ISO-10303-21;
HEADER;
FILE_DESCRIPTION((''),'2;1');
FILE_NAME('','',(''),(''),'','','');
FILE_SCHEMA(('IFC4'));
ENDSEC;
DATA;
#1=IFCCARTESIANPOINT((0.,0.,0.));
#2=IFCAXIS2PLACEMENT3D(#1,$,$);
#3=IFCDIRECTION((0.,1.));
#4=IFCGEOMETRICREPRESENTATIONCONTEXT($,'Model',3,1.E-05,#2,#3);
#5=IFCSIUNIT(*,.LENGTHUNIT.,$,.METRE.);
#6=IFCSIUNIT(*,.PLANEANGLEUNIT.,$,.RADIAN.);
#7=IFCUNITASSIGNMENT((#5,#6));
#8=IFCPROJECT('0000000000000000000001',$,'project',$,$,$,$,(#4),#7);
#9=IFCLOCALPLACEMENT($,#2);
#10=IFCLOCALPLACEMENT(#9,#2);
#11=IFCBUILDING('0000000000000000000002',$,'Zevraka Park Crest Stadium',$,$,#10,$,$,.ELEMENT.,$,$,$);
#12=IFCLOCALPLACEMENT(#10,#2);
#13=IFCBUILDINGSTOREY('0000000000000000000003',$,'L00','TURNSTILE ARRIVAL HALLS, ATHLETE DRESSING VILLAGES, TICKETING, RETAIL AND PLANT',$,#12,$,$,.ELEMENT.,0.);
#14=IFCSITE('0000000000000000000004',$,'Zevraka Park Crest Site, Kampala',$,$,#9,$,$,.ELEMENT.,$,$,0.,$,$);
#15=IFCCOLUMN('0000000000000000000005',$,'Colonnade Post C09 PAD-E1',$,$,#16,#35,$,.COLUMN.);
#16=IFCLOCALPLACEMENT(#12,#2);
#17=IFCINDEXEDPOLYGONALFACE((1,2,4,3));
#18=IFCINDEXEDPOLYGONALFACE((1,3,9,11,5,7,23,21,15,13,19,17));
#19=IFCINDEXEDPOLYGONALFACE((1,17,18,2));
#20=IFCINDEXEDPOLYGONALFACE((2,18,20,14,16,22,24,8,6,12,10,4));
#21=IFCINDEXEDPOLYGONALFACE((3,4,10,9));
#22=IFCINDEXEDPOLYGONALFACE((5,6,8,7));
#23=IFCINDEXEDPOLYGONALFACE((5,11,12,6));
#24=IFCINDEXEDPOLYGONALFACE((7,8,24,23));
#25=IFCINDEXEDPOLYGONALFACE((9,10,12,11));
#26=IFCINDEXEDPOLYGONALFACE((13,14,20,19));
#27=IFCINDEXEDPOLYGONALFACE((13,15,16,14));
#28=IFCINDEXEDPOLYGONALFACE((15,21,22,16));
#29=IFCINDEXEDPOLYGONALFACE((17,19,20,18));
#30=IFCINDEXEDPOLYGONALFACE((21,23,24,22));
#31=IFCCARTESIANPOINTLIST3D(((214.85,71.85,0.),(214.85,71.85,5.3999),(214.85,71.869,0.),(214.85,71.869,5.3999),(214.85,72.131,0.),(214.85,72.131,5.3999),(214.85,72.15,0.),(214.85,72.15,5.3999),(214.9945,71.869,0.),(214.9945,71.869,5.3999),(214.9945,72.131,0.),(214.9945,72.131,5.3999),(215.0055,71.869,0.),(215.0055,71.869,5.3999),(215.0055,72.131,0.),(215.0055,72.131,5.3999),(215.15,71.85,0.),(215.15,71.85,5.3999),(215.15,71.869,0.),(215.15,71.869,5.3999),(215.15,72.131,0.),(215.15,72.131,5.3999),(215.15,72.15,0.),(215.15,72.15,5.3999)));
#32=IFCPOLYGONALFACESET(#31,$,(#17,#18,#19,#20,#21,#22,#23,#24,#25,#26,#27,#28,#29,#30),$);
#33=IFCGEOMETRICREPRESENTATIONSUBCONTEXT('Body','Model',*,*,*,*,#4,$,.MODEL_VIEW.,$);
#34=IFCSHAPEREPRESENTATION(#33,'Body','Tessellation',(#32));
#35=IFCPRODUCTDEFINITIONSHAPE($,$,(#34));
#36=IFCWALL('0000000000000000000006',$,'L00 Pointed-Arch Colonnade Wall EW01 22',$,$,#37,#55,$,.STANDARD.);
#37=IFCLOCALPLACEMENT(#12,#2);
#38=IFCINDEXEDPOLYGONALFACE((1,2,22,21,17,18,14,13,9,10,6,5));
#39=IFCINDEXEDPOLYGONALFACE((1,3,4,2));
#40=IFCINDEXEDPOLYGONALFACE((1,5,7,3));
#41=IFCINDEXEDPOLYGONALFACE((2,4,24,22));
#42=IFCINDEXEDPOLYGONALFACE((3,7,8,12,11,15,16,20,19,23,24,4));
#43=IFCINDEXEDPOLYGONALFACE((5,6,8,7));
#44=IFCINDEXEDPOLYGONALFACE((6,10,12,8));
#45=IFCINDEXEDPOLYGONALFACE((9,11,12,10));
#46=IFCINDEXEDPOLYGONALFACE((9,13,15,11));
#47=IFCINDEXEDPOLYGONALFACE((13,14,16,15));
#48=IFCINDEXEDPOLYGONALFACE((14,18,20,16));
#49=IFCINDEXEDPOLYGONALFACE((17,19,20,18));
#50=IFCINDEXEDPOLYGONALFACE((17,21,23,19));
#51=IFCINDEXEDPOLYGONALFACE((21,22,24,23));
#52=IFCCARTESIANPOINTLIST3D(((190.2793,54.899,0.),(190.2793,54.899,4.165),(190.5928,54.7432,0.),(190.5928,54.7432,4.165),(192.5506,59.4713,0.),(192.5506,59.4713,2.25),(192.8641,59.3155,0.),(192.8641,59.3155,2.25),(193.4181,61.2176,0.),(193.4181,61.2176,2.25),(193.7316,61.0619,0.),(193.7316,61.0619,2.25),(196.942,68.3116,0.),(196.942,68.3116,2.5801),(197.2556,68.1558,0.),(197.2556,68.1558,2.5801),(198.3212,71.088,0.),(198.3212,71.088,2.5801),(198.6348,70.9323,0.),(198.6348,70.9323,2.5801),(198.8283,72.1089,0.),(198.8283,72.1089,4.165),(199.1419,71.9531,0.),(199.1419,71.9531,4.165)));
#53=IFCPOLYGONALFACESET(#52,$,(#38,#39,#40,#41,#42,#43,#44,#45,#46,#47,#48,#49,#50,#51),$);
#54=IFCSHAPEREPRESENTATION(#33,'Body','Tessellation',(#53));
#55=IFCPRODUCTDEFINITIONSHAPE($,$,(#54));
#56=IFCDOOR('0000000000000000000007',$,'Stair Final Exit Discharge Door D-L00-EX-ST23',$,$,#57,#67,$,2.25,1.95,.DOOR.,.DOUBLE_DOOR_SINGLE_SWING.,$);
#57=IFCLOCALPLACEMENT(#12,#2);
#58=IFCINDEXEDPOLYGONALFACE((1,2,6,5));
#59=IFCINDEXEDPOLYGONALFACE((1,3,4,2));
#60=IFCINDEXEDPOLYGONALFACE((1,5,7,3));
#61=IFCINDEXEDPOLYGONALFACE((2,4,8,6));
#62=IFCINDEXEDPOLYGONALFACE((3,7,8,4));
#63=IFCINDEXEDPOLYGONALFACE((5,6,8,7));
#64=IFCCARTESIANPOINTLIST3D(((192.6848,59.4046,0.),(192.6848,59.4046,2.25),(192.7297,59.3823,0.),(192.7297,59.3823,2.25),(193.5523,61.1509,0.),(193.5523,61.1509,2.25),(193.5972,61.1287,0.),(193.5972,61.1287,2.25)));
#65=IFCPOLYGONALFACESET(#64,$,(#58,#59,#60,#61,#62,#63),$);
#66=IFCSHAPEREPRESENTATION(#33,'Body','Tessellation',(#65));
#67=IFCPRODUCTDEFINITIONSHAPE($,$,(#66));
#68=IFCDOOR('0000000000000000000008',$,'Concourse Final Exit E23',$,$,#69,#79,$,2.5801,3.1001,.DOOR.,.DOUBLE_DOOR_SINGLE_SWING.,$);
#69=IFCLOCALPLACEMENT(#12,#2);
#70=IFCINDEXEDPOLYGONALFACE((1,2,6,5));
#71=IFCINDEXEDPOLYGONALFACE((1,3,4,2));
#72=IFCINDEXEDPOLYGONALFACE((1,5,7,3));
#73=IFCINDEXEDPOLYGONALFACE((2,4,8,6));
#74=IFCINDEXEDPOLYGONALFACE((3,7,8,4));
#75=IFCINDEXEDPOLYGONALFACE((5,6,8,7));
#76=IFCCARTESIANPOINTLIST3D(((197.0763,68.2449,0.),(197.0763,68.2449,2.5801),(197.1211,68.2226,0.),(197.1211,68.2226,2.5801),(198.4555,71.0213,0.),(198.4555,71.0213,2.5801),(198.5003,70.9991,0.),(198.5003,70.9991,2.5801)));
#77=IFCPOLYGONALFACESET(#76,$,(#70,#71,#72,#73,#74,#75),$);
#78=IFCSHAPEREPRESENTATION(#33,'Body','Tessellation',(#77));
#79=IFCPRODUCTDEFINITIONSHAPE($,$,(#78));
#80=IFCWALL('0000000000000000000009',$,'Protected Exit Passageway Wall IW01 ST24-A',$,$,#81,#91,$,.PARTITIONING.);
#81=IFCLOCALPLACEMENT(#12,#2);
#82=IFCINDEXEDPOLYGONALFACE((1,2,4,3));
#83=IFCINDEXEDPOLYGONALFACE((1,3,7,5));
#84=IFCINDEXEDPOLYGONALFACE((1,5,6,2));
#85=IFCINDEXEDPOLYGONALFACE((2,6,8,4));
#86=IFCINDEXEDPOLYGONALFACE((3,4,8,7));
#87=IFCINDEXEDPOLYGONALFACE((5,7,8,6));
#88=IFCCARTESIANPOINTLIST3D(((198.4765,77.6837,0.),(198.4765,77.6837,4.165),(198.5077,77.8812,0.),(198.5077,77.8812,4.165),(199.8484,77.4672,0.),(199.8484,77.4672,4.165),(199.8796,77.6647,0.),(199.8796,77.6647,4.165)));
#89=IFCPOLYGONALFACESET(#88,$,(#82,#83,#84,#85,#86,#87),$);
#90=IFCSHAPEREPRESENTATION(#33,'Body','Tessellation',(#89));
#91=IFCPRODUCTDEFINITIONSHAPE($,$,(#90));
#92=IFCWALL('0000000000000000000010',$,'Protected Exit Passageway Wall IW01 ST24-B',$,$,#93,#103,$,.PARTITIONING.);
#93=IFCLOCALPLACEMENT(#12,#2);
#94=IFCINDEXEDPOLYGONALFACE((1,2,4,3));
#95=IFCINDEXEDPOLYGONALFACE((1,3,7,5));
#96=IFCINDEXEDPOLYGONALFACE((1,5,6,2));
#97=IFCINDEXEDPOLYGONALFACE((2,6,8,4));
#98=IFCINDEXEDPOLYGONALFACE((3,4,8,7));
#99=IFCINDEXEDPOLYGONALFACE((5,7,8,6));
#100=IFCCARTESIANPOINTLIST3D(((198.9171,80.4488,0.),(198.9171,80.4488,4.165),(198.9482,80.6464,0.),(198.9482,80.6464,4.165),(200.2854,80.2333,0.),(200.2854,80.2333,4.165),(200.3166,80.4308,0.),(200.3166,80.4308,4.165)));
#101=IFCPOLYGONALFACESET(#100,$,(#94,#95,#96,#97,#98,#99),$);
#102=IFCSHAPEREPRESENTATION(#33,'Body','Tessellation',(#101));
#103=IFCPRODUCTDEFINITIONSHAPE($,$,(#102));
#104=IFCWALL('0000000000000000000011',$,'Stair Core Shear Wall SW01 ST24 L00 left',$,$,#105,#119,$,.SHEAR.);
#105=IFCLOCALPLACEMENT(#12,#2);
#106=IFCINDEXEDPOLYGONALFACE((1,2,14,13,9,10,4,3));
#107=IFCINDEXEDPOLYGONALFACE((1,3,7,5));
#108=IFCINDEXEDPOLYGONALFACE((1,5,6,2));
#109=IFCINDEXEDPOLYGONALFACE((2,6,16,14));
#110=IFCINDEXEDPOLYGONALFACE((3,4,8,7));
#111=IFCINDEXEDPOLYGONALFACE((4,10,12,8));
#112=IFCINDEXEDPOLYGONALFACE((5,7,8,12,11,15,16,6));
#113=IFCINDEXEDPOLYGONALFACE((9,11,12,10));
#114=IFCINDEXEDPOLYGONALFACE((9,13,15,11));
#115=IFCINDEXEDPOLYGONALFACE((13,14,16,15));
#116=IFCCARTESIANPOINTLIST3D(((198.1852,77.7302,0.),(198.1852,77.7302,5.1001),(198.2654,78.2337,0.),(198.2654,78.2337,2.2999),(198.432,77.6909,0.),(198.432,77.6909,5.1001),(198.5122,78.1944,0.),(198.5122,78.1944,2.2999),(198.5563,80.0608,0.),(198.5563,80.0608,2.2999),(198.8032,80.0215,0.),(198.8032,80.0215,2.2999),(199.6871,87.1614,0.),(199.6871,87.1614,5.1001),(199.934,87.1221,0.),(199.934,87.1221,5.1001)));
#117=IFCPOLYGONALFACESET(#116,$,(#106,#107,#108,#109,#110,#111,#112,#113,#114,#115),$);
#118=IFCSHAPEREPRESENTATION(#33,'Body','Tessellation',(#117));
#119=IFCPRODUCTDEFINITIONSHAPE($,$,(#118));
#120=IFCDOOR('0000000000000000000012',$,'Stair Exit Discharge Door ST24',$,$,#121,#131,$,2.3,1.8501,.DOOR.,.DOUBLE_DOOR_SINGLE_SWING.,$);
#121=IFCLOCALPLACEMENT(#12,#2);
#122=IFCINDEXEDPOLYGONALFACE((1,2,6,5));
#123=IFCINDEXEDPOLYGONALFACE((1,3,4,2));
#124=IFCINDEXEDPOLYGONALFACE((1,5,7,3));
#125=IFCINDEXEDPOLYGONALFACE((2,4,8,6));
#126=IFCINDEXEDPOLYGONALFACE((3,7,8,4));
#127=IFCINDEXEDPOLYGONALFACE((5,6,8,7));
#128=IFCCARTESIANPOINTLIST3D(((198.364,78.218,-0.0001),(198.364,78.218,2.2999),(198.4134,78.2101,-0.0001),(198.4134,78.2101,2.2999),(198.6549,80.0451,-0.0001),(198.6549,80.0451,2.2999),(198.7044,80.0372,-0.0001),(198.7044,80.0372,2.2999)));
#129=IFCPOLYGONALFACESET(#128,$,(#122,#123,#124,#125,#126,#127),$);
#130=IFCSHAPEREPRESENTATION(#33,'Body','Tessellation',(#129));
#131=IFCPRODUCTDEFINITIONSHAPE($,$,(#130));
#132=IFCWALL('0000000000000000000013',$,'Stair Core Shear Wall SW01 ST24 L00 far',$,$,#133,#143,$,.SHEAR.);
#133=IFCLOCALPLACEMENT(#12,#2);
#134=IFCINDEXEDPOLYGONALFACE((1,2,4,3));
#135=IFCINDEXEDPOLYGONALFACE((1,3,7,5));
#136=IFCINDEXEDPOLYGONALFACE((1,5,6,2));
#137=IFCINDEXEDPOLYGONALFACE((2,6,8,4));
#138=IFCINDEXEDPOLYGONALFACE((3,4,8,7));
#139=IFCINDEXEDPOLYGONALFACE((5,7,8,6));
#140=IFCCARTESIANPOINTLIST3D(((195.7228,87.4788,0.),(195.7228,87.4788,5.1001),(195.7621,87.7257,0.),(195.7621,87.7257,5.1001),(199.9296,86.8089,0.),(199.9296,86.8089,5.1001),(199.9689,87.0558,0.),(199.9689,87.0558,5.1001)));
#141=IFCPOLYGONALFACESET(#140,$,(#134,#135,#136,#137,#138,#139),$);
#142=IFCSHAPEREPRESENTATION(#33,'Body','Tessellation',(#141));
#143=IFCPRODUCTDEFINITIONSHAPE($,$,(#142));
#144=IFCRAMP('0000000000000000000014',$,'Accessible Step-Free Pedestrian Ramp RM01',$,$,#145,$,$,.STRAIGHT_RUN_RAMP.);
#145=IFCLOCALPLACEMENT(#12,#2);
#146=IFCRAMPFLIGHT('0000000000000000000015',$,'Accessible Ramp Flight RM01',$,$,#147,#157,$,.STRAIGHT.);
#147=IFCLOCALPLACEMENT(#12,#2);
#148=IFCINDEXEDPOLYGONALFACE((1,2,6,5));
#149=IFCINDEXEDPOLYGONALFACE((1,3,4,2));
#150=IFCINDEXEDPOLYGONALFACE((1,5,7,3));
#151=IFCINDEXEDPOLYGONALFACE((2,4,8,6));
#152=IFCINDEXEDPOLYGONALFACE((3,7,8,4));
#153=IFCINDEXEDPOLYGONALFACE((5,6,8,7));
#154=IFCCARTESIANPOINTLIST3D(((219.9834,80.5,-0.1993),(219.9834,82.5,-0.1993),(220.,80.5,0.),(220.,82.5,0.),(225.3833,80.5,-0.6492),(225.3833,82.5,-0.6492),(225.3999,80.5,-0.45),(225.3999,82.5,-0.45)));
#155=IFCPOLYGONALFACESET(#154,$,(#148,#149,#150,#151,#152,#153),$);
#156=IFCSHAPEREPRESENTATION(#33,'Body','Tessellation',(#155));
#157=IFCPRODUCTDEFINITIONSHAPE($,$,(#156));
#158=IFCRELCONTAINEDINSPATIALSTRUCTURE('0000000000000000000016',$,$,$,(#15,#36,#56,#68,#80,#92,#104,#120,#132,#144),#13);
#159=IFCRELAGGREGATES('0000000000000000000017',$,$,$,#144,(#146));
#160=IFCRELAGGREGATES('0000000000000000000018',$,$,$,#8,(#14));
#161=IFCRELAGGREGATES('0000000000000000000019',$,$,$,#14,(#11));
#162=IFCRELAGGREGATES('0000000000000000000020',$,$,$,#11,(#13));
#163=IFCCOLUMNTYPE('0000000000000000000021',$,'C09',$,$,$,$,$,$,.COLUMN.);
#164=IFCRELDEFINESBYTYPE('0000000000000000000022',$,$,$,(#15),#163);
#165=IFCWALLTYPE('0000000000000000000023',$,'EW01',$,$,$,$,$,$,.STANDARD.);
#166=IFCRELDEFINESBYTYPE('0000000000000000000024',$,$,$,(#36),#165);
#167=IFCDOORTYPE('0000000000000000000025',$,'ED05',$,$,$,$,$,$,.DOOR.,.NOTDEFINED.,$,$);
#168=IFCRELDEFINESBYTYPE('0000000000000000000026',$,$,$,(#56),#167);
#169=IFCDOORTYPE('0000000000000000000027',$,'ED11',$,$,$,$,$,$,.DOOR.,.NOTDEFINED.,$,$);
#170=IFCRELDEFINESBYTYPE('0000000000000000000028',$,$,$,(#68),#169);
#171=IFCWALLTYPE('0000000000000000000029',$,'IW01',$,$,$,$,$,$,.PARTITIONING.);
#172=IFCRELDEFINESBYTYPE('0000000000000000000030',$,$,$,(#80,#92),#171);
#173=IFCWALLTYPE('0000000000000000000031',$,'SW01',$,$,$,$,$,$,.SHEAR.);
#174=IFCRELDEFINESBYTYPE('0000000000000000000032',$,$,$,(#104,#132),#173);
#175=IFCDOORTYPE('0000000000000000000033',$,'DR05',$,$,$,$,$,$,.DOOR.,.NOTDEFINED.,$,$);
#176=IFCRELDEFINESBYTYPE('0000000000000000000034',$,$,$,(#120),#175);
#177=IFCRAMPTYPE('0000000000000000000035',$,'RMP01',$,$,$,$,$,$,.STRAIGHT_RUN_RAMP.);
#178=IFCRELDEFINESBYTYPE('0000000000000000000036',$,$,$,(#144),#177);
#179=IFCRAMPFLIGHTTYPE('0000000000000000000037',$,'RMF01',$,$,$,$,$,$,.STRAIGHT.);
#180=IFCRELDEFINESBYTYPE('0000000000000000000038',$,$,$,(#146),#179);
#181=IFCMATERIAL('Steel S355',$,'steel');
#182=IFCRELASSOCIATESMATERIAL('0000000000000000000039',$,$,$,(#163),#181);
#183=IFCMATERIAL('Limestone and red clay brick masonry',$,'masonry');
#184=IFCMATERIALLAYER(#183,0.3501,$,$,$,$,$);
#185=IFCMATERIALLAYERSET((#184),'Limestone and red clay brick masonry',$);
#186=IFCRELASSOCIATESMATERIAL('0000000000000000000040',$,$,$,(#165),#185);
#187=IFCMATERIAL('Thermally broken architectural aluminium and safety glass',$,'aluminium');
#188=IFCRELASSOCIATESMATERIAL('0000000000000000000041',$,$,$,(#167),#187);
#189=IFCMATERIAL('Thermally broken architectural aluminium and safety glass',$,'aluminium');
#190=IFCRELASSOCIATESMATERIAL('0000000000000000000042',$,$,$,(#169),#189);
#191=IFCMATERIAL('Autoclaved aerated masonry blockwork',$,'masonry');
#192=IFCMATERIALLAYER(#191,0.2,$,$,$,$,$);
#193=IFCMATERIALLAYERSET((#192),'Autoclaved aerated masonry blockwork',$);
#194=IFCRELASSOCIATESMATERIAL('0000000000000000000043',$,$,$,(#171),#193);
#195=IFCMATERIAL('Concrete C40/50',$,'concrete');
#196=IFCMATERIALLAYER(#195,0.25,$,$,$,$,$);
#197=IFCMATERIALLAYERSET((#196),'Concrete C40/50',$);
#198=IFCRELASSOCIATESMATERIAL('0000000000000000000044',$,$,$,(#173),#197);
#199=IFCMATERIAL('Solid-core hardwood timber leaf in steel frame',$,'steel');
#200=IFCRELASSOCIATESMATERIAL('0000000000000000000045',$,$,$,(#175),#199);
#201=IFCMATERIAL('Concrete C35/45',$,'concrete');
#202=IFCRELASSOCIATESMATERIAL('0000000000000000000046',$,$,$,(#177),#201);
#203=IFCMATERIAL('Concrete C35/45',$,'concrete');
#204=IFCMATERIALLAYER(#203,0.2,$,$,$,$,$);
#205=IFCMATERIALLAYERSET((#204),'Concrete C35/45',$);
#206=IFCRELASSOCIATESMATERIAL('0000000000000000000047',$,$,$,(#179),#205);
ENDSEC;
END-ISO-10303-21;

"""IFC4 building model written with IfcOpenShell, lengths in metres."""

from ifc_helpers import new_model, si_unit, direction, frame, frame_2d, origin, origin_2d, place, context, subcontext, project, spatial, polyline, rectangle, i_section, outline, extrude, material, layer, layer_set, material_profile, profile_set, type_object, element, fill, aggregate, save


model = new_model("IFC4")

# Units and contexts
model_context = context("Model", 3, precision=1e-05, world=origin(), true_north=direction((0.0, 1.0)))
body_context = subcontext(model_context, "Body", "Model", "MODEL_VIEW")
ifc_project = project(units=[si_unit("LENGTHUNIT", "METRE"), si_unit("PLANEANGLEUNIT", "RADIAN")], contexts=[model_context])

# Site, building, storey
site_placement = place(None, origin())
site = spatial("IfcSite", under=ifc_project, at=site_placement, Name="Zevraka Park Crest Site, Kampala", CompositionType="ELEMENT", RefElevation=0.0)
building_placement = place(site_placement, origin())
building = spatial("IfcBuilding", under=site, at=building_placement, Name="Zevraka Park Crest Stadium", CompositionType="ELEMENT")
storey_placement = place(building_placement, origin())
storey = spatial("IfcBuildingStorey", under=building, at=storey_placement, Name="L00", Description="TURNSTILE ARRIVAL HALLS, ATHLETE DRESSING VILLAGES, TICKETING, RETAIL AND PLANT", CompositionType="ELEMENT", Elevation=0.0)

# Column
ifc_material_1 = material(Name="Steel S355", Category="steel")
ifc_material_profile_1 = material_profile(ifc_material_1, i_section(OverallWidth=0.3, OverallDepth=0.3, WebThickness=0.011, FlangeThickness=0.019, at=origin_2d()), Name="HEB 300")
ifc_profile_set_1 = profile_set([ifc_material_profile_1], Name="Steel S355")
column_type_1 = type_object("IfcColumnType", Name="C09", PredefinedType="COLUMN", material=ifc_profile_set_1)
column_1_placement = place(storey_placement, frame((215.0, 72.0, 0.0), z_axis=(0.0, 0.0, 1.0), x_axis=(1.0, 0.0, 0.0)))
element("IfcColumn", 1, at=column_1_placement, inside=storey, type_object=column_type_1, Name="Colonnade Post C09 PAD-E1", PredefinedType="COLUMN", context=body_context, shape_type="SweptSolid", body=[
    extrude(i_section(OverallWidth=0.3, OverallDepth=0.3, WebThickness=0.011, FlangeThickness=0.019, at=origin_2d()), origin(), (0.0, 0.0, 1.0), 5.3999),
])

# Wall, openings, doors
ifc_material_2 = material(Name="Limestone and red clay brick masonry", Category="masonry")
ifc_layer_1 = layer(ifc_material_2, 0.3501)
ifc_layer_set_1 = layer_set([ifc_layer_1], Name="Limestone and red clay brick masonry")
wall_type_1 = type_object("IfcWallType", Name="EW01", PredefinedType="STANDARD", material=ifc_layer_set_1)
wall_1_placement = place(storey_placement, frame((198.9851, 72.031, 0.0), z_axis=(0.0, 0.0, 1.0), x_axis=(-0.444885, -0.895588, 0.0)))
wall_1 = element("IfcWall", 2, at=wall_1_placement, inside=storey, type_object=wall_type_1, Name="L00 Pointed-Arch Colonnade Wall EW01 22", PredefinedType="STANDARD", context=body_context, shape_type="SweptSolid", body=[
    extrude(rectangle(XDim=19.2163, YDim=0.3501, at=frame_2d((9.6082, 0.0))), origin(), (0.0, 0.0, 1.0), 4.165),
])
opening_1_placement = place(wall_1_placement, frame((12.1609, 0.0, 0.0)))
opening_1 = element("IfcOpeningElement", 3, at=opening_1_placement, cuts=wall_1, PredefinedType="OPENING", context=body_context, shape_type="SweptSolid", body=[
    extrude(rectangle(XDim=1.95, YDim=2.25, at=frame_2d((0.9751, 1.125))), frame((0.0, 0.1851, 0.0), z_axis=(0.0, -1.0, 0.0), x_axis=(1.0, 0.0, 0.0)), (0.0, 0.0, 1.0), 0.3701),
])
opening_2_placement = place(wall_1_placement, frame((1.1399, 0.0, 0.0)))
opening_2 = element("IfcOpeningElement", 4, at=opening_2_placement, cuts=wall_1, PredefinedType="OPENING", context=body_context, shape_type="SweptSolid", body=[
    extrude(rectangle(XDim=3.1001, YDim=2.5801, at=frame_2d((1.55, 1.29))), frame((0.0, 0.1851, 0.0), z_axis=(0.0, -1.0, 0.0), x_axis=(1.0, 0.0, 0.0)), (0.0, 0.0, 1.0), 0.3701),
])
ifc_material_3 = material(Name="Thermally broken architectural aluminium and safety glass", Category="aluminium")
door_type_1 = type_object("IfcDoorType", Name="ED05", OperationType="NOTDEFINED", PredefinedType="DOOR", material=ifc_material_3)
door_1_placement = place(opening_1_placement, origin())
door_1 = element("IfcDoor", 5, at=door_1_placement, inside=storey, type_object=door_type_1, Name="Stair Final Exit Discharge Door D-L00-EX-ST23", OperationType="DOUBLE_DOOR_SINGLE_SWING", OverallHeight=2.25, OverallWidth=1.95, PredefinedType="DOOR", context=body_context, shape_type="SweptSolid", body=[
    extrude(rectangle(XDim=1.95, YDim=2.25, at=frame_2d((0.9751, 1.125))), frame((0.0, 0.0249, 0.0), z_axis=(0.0, -1.0, 0.0), x_axis=(1.0, 0.0, 0.0)), (0.0, 0.0, 1.0), 0.05),
])
fill(opening_1, door_1)
ifc_material_4 = material(Name="Thermally broken architectural aluminium and safety glass", Category="aluminium")
door_type_2 = type_object("IfcDoorType", Name="ED11", OperationType="NOTDEFINED", PredefinedType="DOOR", material=ifc_material_4)
door_2_placement = place(opening_2_placement, origin())
door_2 = element("IfcDoor", 6, at=door_2_placement, inside=storey, type_object=door_type_2, Name="Concourse Final Exit E23", OperationType="DOUBLE_DOOR_SINGLE_SWING", OverallHeight=2.5801, OverallWidth=3.1001, PredefinedType="DOOR", context=body_context, shape_type="SweptSolid", body=[
    extrude(rectangle(XDim=3.1001, YDim=2.5801, at=frame_2d((1.55, 1.29))), frame((0.0, 0.0249, 0.0), z_axis=(0.0, -1.0, 0.0), x_axis=(1.0, 0.0, 0.0)), (0.0, 0.0, 1.0), 0.05),
])
fill(opening_2, door_2)

# Walls
ifc_material_5 = material(Name="Autoclaved aerated masonry blockwork", Category="masonry")
ifc_layer_2 = layer(ifc_material_5, 0.2)
ifc_layer_set_2 = layer_set([ifc_layer_2], Name="Autoclaved aerated masonry blockwork")
wall_type_2 = type_object("IfcWallType", Name="IW01", PredefinedType="PARTITIONING", material=ifc_layer_set_2)
wall_2_placement = place(storey_placement, frame((198.4922, 77.7825, 0.0), z_axis=(0.0, 0.0, 1.0), x_axis=(0.987769, -0.155926, 0.0)))
element("IfcWall", 7, at=wall_2_placement, inside=storey, type_object=wall_type_2, Name="Protected Exit Passageway Wall IW01 ST24-A", PredefinedType="PARTITIONING", context=body_context, shape_type="SweptSolid", body=[
    extrude(rectangle(XDim=1.3889, YDim=0.2, at=frame_2d((0.6943, 0.0))), origin(), (0.0, 0.0, 1.0), 4.165),
])
wall_3_placement = place(storey_placement, frame((198.9326, 80.5476, 0.0), z_axis=(0.0, 0.0, 1.0), x_axis=(0.987817, -0.155619, 0.0)))
element("IfcWall", 8, at=wall_3_placement, inside=storey, type_object=wall_type_2, Name="Protected Exit Passageway Wall IW01 ST24-B", PredefinedType="PARTITIONING", context=body_context, shape_type="SweptSolid", body=[
    extrude(rectangle(XDim=1.3853, YDim=0.2, at=frame_2d((0.6926, 0.0))), origin(), (0.0, 0.0, 1.0), 4.165),
])

# Wall, opening, door
ifc_material_6 = material(Name="Concrete C40/50", Category="concrete")
ifc_layer_3 = layer(ifc_material_6, 0.25)
ifc_layer_set_3 = layer_set([ifc_layer_3], Name="Concrete C40/50")
wall_type_3 = type_object("IfcWallType", Name="SW01", PredefinedType="SHEAR", material=ifc_layer_set_3)
wall_4_placement = place(storey_placement, frame((199.8105, 87.1416, 0.0), z_axis=(0.0, 0.0, 1.0), x_axis=(-0.157273, -0.987555, 0.0)))
wall_4 = element("IfcWall", 9, at=wall_4_placement, inside=storey, type_object=wall_type_3, Name="Stair Core Shear Wall SW01 ST24 L00 left", PredefinedType="SHEAR", context=body_context, shape_type="SweptSolid", body=[
    extrude(rectangle(XDim=9.55, YDim=0.25, at=frame_2d((4.7749, 0.0))), origin(), (0.0, 0.0, 1.0), 5.1001),
])
opening_3_placement = place(wall_4_placement, frame((7.1899, 0.0, 0.0)))
opening_3 = element("IfcOpeningElement", 10, at=opening_3_placement, cuts=wall_4, PredefinedType="OPENING", context=body_context, shape_type="SweptSolid", body=[
    extrude(rectangle(XDim=1.8501, YDim=2.3, at=frame_2d((0.925, 1.1499))), frame((0.0, 0.135, 0.0), z_axis=(0.0, -1.0, 0.0), x_axis=(1.0, 0.0, 0.0)), (0.0, 0.0, 1.0), 0.27),
])
ifc_material_7 = material(Name="Solid-core hardwood timber leaf in steel frame", Category="steel")
door_type_3 = type_object("IfcDoorType", Name="DR05", OperationType="NOTDEFINED", PredefinedType="DOOR", material=ifc_material_7)
door_3_placement = place(opening_3_placement, origin())
door_3 = element("IfcDoor", 11, at=door_3_placement, inside=storey, type_object=door_type_3, Name="Stair Exit Discharge Door ST24", OperationType="DOUBLE_DOOR_SINGLE_SWING", OverallHeight=2.3, OverallWidth=1.8501, PredefinedType="DOOR", context=body_context, shape_type="SweptSolid", body=[
    extrude(rectangle(XDim=1.8501, YDim=2.3, at=frame_2d((0.925, 1.1499))), frame((0.0, 0.0249, 0.0), z_axis=(0.0, -1.0, 0.0), x_axis=(1.0, 0.0, 0.0)), (0.0, 0.0, 1.0), 0.05),
])
fill(opening_3, door_3)

# Wall
wall_5_placement = place(storey_placement, frame((199.9492, 86.9324, 0.0), z_axis=(0.0, 0.0, 1.0), x_axis=(-0.987556, 0.157266, 0.0)))
element("IfcWall", 12, at=wall_5_placement, inside=storey, type_object=wall_type_3, Name="Stair Core Shear Wall SW01 ST24 L00 far", PredefinedType="SHEAR", context=body_context, shape_type="SweptSolid", body=[
    extrude(rectangle(XDim=4.2598, YDim=0.25, at=frame_2d((2.1299, 0.0))), origin(), (0.0, 0.0, 1.0), 5.1001),
])

# Ramp, ramp flight
ifc_material_8 = material(Name="Concrete C35/45", Category="concrete")
ramp_type = type_object("IfcRampType", Name="RMP01", PredefinedType="STRAIGHT_RUN_RAMP", material=ifc_material_8)
ramp_placement = place(storey_placement, origin())
ramp = element("IfcRamp", 13, at=ramp_placement, inside=storey, type_object=ramp_type, Name="Accessible Step-Free Pedestrian Ramp RM01", PredefinedType="STRAIGHT_RUN_RAMP")
ifc_material_9 = material(Name="Concrete C35/45", Category="concrete")
ifc_layer_4 = layer(ifc_material_9, 0.2)
ifc_layer_set_4 = layer_set([ifc_layer_4], Name="Concrete C35/45")
ramp_flight_type = type_object("IfcRampFlightType", Name="RMF01", PredefinedType="STRAIGHT", material=ifc_layer_set_4)
ramp_flight_placement = place(storey_placement, frame((225.3999, 82.5, -0.45), z_axis=(0.083038, 0.0, 0.996546), x_axis=(-0.996546, 0.0, 0.083038)))
ramp_flight = element("IfcRampFlight", 14, at=ramp_flight_placement, type_object=ramp_flight_type, Name="Accessible Ramp Flight RM01", PredefinedType="STRAIGHT", context=body_context, shape_type="SweptSolid", body=[
    extrude(outline(polyline([(0.0, 0.0), (5.4186, 0.0), (5.4186, 2.0), (0.0, 2.0), (0.0, 0.0)])), origin(), (0.0, 0.0, -1.0), 0.2),
])
aggregate(ramp, [ramp_flight])

save(model, "model.ifc")
